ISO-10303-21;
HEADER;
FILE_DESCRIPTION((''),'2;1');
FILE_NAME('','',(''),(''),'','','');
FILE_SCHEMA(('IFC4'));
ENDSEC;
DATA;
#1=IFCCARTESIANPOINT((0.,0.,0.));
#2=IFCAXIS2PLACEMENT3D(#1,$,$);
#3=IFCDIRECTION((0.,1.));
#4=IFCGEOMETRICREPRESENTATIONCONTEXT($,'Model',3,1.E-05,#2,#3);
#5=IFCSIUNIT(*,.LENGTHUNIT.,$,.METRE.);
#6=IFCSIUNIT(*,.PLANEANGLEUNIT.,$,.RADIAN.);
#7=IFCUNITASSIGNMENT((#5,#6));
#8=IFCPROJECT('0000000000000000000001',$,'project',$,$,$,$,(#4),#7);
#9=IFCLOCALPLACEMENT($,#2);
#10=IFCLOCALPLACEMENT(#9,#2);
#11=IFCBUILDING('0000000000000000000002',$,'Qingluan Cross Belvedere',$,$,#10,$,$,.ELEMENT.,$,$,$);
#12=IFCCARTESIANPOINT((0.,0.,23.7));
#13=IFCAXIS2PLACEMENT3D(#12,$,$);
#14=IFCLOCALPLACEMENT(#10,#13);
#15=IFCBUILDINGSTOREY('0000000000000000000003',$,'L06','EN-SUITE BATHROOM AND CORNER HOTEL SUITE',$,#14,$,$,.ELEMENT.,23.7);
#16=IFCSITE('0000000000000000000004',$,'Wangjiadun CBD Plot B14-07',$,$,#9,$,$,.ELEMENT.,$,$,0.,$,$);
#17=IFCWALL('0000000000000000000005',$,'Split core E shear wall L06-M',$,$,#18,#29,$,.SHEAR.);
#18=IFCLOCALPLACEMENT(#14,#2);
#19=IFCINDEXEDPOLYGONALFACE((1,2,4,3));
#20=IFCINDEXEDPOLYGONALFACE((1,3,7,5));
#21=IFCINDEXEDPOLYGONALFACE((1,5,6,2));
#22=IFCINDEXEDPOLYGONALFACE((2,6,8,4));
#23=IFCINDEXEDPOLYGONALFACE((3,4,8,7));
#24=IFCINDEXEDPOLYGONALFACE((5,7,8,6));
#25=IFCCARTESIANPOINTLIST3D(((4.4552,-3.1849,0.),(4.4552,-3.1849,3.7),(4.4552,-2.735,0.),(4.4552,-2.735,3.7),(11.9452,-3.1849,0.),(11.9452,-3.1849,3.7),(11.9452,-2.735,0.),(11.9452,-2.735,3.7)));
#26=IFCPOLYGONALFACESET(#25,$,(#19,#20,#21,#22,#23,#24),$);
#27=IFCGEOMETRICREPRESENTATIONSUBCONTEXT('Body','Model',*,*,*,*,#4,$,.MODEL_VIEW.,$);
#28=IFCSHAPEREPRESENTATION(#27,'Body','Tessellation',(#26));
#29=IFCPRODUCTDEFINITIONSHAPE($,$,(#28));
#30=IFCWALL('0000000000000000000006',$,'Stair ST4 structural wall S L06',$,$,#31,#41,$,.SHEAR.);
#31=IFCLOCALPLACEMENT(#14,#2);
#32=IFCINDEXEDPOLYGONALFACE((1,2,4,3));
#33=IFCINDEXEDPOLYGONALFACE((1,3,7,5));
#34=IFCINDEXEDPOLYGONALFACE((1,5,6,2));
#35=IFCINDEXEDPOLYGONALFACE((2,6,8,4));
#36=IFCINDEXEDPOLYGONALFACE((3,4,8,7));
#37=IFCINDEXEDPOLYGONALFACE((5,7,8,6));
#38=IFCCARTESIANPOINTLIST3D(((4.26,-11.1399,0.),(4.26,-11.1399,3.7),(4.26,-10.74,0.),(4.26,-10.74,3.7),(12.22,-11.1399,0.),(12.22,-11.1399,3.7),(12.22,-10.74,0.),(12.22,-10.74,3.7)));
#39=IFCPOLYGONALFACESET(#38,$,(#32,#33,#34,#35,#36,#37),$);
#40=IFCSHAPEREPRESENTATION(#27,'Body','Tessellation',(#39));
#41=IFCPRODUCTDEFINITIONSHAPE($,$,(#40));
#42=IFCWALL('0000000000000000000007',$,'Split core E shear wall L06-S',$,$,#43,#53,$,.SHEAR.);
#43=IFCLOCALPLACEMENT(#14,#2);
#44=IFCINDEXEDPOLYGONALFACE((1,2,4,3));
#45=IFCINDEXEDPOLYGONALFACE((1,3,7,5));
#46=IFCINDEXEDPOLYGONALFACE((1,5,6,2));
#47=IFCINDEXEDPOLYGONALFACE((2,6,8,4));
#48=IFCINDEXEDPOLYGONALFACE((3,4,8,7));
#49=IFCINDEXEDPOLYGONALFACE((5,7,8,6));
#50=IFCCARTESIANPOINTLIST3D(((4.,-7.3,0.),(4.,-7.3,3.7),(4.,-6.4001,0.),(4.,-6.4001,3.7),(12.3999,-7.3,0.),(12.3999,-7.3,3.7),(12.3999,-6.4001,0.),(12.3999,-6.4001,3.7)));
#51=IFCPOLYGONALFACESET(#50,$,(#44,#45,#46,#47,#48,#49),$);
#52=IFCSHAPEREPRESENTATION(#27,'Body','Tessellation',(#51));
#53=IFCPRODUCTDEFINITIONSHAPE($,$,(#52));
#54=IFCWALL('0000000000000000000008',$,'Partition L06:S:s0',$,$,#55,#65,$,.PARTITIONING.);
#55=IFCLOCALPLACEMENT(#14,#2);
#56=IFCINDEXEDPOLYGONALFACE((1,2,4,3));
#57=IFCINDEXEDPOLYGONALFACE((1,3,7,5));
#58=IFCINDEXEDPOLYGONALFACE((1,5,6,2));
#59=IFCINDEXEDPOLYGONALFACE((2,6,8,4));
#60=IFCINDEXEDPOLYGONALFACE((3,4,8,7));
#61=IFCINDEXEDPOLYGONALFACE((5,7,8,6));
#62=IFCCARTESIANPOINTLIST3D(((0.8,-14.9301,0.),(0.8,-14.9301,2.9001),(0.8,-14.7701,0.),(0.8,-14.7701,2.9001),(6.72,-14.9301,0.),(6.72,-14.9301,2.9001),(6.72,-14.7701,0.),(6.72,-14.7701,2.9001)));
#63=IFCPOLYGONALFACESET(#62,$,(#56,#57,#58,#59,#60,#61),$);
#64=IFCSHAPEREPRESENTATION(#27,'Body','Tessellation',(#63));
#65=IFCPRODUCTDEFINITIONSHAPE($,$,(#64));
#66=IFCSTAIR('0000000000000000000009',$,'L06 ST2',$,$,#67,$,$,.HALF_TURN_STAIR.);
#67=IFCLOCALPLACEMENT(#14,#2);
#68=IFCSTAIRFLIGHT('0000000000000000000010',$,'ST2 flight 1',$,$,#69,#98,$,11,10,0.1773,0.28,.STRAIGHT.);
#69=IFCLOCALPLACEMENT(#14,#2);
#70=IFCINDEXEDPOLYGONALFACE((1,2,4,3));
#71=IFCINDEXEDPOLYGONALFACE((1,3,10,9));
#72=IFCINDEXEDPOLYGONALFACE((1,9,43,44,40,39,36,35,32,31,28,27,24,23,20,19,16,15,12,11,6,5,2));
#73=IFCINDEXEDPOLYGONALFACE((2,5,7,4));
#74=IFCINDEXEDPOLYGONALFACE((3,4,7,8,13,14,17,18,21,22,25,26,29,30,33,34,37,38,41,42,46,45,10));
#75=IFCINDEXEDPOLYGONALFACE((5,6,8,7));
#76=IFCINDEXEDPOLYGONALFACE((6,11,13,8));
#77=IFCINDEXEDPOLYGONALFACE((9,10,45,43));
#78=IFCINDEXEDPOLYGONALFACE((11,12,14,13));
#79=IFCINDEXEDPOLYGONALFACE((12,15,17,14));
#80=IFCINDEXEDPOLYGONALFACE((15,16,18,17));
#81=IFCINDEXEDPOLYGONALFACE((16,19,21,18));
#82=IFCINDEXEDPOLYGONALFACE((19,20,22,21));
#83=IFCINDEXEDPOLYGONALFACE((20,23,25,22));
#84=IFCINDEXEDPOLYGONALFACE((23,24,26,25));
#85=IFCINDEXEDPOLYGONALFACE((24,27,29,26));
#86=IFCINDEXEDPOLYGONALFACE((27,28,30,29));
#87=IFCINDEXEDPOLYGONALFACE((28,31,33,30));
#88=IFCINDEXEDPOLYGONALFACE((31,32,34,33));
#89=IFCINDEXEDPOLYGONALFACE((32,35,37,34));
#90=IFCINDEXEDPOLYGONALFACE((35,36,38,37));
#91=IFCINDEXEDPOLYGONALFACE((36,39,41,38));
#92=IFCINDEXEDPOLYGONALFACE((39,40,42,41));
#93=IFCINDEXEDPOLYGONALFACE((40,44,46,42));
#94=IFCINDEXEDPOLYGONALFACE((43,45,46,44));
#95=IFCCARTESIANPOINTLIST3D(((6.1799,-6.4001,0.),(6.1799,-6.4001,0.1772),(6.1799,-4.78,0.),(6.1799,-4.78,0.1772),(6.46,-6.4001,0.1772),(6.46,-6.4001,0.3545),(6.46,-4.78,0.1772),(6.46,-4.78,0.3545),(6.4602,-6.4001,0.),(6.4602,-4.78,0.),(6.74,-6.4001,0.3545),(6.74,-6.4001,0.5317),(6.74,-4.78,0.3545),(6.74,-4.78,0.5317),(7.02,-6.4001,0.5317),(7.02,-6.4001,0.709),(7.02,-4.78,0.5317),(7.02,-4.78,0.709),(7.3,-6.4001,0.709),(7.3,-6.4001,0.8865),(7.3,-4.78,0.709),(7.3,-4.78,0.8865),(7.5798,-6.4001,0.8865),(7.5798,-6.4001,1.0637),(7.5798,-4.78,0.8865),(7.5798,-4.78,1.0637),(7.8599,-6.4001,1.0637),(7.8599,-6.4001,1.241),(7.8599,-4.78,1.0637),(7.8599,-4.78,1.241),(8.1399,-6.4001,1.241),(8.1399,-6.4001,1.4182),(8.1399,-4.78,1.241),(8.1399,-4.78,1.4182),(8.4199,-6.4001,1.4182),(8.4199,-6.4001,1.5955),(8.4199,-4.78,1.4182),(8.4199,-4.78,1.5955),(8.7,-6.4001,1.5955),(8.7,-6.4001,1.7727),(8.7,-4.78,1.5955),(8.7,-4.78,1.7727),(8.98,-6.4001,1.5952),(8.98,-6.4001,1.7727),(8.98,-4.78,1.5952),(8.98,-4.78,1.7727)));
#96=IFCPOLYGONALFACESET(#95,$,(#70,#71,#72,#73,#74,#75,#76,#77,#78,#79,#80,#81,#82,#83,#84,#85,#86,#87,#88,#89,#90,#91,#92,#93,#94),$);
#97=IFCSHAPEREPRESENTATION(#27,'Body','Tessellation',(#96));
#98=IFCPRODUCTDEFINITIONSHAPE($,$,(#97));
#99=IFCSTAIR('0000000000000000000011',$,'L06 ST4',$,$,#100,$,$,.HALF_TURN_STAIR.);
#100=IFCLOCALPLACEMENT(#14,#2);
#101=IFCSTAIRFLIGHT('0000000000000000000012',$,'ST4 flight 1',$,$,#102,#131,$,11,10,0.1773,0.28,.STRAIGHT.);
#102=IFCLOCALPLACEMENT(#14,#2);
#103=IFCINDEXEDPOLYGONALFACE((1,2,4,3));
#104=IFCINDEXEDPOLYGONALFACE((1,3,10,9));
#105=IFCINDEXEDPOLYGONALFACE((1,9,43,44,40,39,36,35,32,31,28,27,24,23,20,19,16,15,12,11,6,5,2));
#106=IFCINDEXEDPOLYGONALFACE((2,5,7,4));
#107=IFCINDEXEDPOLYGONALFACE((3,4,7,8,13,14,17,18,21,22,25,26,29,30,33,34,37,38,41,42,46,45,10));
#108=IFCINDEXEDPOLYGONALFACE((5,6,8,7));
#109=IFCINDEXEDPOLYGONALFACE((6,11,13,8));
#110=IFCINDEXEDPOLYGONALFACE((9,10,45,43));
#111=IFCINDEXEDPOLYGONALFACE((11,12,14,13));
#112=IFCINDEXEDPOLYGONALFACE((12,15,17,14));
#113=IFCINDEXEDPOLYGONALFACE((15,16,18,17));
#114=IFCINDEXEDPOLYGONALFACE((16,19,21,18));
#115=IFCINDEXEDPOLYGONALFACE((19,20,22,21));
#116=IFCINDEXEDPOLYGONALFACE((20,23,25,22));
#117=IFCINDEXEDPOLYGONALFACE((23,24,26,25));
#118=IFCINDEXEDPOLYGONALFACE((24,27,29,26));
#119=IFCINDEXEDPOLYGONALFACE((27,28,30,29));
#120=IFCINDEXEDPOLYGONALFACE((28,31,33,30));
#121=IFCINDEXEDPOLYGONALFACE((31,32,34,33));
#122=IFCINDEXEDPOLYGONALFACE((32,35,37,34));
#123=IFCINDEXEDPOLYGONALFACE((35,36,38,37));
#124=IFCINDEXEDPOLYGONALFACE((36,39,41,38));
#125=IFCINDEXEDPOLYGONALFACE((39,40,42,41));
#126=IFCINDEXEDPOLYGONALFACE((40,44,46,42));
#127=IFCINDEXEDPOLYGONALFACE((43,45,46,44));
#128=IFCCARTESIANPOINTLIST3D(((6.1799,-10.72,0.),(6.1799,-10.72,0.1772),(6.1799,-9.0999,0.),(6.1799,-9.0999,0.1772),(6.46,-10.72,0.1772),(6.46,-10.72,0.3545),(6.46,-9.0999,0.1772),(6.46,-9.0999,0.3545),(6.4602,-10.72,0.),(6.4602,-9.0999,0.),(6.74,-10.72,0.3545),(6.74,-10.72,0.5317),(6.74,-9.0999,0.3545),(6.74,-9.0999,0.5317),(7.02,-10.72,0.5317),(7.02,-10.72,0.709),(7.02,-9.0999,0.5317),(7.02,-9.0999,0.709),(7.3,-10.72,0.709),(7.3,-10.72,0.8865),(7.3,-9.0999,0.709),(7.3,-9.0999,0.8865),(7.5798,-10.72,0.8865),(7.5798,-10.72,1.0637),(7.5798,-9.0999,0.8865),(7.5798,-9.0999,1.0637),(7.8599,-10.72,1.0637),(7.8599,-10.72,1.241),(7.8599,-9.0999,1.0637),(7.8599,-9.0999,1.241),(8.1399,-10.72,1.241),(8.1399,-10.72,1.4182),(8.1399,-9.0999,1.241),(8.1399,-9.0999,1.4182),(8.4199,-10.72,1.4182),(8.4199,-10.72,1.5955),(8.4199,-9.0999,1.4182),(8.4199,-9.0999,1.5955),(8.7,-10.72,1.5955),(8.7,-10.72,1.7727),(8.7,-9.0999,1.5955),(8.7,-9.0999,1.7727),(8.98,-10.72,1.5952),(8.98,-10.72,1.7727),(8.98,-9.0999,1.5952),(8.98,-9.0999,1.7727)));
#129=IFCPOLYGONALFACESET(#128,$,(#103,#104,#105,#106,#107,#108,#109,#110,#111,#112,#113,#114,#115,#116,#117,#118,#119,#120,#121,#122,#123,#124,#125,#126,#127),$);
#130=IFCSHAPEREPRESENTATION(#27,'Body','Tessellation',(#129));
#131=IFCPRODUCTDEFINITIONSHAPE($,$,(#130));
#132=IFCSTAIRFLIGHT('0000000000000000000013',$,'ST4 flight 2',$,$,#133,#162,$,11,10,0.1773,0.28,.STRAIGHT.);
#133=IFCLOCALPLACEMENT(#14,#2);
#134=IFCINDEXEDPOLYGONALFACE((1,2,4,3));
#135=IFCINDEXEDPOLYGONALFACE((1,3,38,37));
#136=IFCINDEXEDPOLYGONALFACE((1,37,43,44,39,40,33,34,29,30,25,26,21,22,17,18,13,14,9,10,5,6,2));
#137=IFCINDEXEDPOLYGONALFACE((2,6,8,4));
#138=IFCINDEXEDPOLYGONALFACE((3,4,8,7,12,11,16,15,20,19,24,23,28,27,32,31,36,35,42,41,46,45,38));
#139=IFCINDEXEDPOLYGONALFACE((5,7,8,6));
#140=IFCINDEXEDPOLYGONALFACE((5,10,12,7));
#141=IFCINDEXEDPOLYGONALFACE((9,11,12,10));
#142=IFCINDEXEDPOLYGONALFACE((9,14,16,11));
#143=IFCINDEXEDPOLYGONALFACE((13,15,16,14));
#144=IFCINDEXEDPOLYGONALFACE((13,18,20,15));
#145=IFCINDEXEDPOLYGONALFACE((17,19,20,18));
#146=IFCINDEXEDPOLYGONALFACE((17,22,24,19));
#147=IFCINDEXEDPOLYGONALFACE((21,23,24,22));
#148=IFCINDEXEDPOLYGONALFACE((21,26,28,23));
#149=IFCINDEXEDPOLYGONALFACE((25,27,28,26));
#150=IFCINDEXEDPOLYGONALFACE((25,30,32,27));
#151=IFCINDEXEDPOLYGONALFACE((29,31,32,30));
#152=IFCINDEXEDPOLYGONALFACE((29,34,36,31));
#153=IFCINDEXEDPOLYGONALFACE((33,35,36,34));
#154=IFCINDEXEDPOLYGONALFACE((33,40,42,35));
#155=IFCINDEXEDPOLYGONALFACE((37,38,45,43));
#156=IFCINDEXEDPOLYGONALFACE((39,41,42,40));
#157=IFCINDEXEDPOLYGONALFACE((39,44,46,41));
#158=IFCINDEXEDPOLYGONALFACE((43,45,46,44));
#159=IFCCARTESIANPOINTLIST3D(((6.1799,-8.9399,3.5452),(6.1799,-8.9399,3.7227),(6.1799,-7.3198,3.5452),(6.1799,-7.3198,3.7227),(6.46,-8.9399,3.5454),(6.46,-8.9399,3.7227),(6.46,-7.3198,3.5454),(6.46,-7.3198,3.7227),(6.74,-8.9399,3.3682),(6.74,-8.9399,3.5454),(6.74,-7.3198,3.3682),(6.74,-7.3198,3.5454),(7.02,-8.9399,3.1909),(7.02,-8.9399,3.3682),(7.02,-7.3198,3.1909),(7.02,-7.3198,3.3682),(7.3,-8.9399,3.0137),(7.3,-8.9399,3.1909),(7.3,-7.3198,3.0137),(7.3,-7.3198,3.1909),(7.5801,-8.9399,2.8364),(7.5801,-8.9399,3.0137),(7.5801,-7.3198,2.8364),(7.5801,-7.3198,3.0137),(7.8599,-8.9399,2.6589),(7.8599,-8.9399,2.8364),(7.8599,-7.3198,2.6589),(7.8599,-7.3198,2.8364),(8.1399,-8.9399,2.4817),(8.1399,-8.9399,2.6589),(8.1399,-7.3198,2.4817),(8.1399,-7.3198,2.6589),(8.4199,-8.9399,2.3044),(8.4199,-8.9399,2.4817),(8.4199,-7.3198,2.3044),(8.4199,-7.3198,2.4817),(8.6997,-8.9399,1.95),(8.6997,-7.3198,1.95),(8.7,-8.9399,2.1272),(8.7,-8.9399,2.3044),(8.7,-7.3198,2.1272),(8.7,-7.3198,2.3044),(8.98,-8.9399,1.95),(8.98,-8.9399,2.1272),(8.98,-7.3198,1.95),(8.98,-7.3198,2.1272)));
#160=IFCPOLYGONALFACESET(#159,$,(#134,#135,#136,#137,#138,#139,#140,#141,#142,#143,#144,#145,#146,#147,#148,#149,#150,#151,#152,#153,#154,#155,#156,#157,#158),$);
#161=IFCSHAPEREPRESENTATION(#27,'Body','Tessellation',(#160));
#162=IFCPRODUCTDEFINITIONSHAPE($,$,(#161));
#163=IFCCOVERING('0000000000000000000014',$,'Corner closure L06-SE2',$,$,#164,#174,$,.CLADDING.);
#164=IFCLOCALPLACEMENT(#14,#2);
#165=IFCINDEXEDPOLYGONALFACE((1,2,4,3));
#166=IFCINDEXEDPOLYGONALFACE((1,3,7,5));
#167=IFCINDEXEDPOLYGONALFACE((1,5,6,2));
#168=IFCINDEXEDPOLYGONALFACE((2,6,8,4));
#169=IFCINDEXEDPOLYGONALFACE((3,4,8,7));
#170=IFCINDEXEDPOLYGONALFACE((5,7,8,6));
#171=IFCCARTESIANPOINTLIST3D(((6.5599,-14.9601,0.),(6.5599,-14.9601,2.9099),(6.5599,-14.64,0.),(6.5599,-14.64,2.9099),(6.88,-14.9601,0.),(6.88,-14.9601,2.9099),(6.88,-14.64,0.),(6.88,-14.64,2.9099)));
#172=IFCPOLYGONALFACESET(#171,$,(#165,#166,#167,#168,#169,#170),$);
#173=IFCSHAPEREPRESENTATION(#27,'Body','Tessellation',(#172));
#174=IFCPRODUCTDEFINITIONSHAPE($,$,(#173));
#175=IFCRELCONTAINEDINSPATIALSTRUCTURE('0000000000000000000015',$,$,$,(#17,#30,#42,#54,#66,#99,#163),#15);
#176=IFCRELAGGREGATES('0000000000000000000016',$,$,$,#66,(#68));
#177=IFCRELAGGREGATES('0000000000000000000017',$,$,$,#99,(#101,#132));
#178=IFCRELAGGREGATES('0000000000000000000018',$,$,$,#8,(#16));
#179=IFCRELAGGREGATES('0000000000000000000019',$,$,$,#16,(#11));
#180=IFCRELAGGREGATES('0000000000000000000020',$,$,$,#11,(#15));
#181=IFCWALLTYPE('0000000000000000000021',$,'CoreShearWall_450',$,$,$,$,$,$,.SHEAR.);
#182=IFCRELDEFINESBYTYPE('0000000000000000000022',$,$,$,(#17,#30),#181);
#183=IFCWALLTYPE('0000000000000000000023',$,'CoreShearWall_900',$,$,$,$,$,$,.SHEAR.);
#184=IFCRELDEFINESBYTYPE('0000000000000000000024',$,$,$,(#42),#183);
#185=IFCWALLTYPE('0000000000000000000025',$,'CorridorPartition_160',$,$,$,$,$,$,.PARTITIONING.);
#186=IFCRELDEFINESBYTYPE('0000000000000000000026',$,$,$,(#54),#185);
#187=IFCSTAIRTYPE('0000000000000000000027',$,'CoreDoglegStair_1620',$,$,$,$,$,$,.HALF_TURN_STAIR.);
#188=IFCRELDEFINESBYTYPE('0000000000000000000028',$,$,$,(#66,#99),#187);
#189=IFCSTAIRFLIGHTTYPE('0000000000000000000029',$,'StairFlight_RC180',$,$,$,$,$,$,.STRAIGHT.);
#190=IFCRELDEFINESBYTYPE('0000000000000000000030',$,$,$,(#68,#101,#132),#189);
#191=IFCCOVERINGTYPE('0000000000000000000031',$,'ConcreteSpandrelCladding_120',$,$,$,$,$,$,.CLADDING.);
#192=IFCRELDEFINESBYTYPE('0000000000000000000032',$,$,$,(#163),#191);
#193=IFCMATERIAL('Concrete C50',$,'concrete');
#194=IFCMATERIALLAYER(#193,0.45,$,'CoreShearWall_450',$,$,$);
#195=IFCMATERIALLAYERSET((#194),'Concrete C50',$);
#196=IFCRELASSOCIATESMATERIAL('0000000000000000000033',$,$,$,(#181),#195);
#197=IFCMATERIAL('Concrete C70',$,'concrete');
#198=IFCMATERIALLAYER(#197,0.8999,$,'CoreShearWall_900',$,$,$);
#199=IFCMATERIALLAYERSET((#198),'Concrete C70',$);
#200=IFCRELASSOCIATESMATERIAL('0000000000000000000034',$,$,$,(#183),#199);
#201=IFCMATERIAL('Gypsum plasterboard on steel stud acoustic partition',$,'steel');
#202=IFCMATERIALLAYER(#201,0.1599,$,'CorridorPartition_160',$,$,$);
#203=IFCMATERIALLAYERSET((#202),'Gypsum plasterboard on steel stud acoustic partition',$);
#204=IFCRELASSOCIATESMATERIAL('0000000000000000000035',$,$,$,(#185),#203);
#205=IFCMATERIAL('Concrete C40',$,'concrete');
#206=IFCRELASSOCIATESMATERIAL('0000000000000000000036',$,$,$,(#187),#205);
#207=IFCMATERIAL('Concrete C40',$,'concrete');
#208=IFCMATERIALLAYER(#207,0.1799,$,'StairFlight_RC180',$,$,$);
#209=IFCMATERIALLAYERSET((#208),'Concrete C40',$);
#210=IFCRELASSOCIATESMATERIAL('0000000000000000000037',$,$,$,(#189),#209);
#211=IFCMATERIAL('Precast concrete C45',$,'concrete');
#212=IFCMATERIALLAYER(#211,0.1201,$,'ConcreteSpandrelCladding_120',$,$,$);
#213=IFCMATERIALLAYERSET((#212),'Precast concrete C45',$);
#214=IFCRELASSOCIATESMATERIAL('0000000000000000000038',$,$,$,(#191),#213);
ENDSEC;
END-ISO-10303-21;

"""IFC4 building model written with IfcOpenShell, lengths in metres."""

from ifc_helpers import new_model, si_unit, direction, frame, frame_2d, origin, origin_2d, place, context, subcontext, project, spatial, polyline, rectangle, outline, extrude, material, layer, layer_set, type_object, element, aggregate, save


model = new_model("IFC4")

# Units and contexts
model_context = context("Model", 3, precision=1e-05, world=origin(), true_north=direction((0.0, 1.0)))
body_context = subcontext(model_context, "Body", "Model", "MODEL_VIEW")
ifc_project = project(units=[si_unit("LENGTHUNIT", "METRE"), si_unit("PLANEANGLEUNIT", "RADIAN")], contexts=[model_context])

# Site, building, storey
site_placement = place(None, origin())
site = spatial("IfcSite", under=ifc_project, at=site_placement, Name="Wangjiadun CBD Plot B14-07", CompositionType="ELEMENT", RefElevation=0.0)
building_placement = place(site_placement, origin())
building = spatial("IfcBuilding", under=site, at=building_placement, Name="Qingluan Cross Belvedere", CompositionType="ELEMENT")
storey_placement = place(building_placement, frame((0.0, 0.0, 23.7)))
storey = spatial("IfcBuildingStorey", under=building, at=storey_placement, Name="L06", Description="EN-SUITE BATHROOM AND CORNER HOTEL SUITE", CompositionType="ELEMENT", Elevation=23.7)

# Walls
ifc_material_1 = material(Name="Concrete C50", Category="concrete")
ifc_layer_1 = layer(ifc_material_1, 0.45, Name="CoreShearWall_450")
ifc_layer_set_1 = layer_set([ifc_layer_1], Name="Concrete C50")
wall_type_1 = type_object("IfcWallType", Name="CoreShearWall_450", PredefinedType="SHEAR", material=ifc_layer_set_1)
wall_1_placement = place(storey_placement, frame((4.4551, -2.96, 0.0), z_axis=(0.0, 0.0, 1.0), x_axis=(1.0, 0.0, 0.0)))
element("IfcWall", 1, at=wall_1_placement, inside=storey, type_object=wall_type_1, Name="Split core E shear wall L06-M", PredefinedType="SHEAR", context=body_context, shape_type="SweptSolid", body=[
    extrude(rectangle(XDim=7.49, YDim=0.45, at=frame_2d((3.7451, 0.0))), origin(), (0.0, 0.0, 1.0), 3.7),
])
wall_2_placement = place(storey_placement, frame((4.26, -10.9399, 0.0), z_axis=(0.0, 0.0, 1.0), x_axis=(1.0, 0.0, 0.0)))
element("IfcWall", 2, at=wall_2_placement, inside=storey, type_object=wall_type_1, Name="Stair ST4 structural wall S L06", PredefinedType="SHEAR", context=body_context, shape_type="SweptSolid", body=[
    extrude(rectangle(XDim=7.96, YDim=0.3999, at=frame_2d((3.98, 0.0))), origin(), (0.0, 0.0, 1.0), 3.7),
])

# Wall
ifc_material_2 = material(Name="Concrete C70", Category="concrete")
ifc_layer_2 = layer(ifc_material_2, 0.8999, Name="CoreShearWall_900")
ifc_layer_set_2 = layer_set([ifc_layer_2], Name="Concrete C70")
wall_type_2 = type_object("IfcWallType", Name="CoreShearWall_900", PredefinedType="SHEAR", material=ifc_layer_set_2)
wall_3_placement = place(storey_placement, frame((4.0, -6.8501, 0.0), z_axis=(0.0, 0.0, 1.0), x_axis=(1.0, 0.0, 0.0)))
element("IfcWall", 3, at=wall_3_placement, inside=storey, type_object=wall_type_2, Name="Split core E shear wall L06-S", PredefinedType="SHEAR", context=body_context, shape_type="SweptSolid", body=[
    extrude(rectangle(XDim=8.3999, YDim=0.8999, at=frame_2d((4.2, 0.0))), origin(), (0.0, 0.0, 1.0), 3.7),
])

# Wall
ifc_material_3 = material(Name="Gypsum plasterboard on steel stud acoustic partition", Category="steel")
ifc_layer_3 = layer(ifc_material_3, 0.1599, Name="CorridorPartition_160")
ifc_layer_set_3 = layer_set([ifc_layer_3], Name="Gypsum plasterboard on steel stud acoustic partition")
wall_type_3 = type_object("IfcWallType", Name="CorridorPartition_160", PredefinedType="PARTITIONING", material=ifc_layer_set_3)
wall_4_placement = place(storey_placement, frame((0.8, -14.8501, 0.0), z_axis=(0.0, 0.0, 1.0), x_axis=(1.0, 0.0, 0.0)))
element("IfcWall", 4, at=wall_4_placement, inside=storey, type_object=wall_type_3, Name="Partition L06:S:s0", PredefinedType="PARTITIONING", context=body_context, shape_type="SweptSolid", body=[
    extrude(rectangle(XDim=5.9199, YDim=0.1599, at=frame_2d((2.96, 0.0))), origin(), (0.0, 0.0, 1.0), 2.9001),
])

# Stair, stair flight
ifc_material_4 = material(Name="Concrete C40", Category="concrete")
stair_type = type_object("IfcStairType", Name="CoreDoglegStair_1620", PredefinedType="HALF_TURN_STAIR", material=ifc_material_4)
stair_1_placement = place(storey_placement, origin())
stair_1 = element("IfcStair", 5, at=stair_1_placement, inside=storey, type_object=stair_type, Name="L06 ST2", PredefinedType="HALF_TURN_STAIR")
ifc_material_5 = material(Name="Concrete C40", Category="concrete")
ifc_layer_4 = layer(ifc_material_5, 0.1799, Name="StairFlight_RC180")
ifc_layer_set_4 = layer_set([ifc_layer_4], Name="Concrete C40")
stair_flight_type = type_object("IfcStairFlightType", Name="StairFlight_RC180", PredefinedType="STRAIGHT", material=ifc_layer_set_4)
stair_flight_1_placement = place(storey_placement, frame((6.1799, -5.5901, 0.0), z_axis=(0.0, 0.0, 1.0), x_axis=(1.0, 0.0, 0.0)))
stair_flight_1 = element("IfcStairFlight", 6, at=stair_flight_1_placement, type_object=stair_flight_type, Name="ST2 flight 1", NumberOfRisers=11, NumberOfTreads=10, PredefinedType="STRAIGHT", RiserHeight=0.1773, TreadLength=0.28, context=body_context, shape_type="SweptSolid", body=[
    extrude(outline(polyline([(0.0, 0.0), (0.0, 0.1772), (0.28, 0.1772), (0.28, 0.3545), (0.5601, 0.3545), (0.5601, 0.5317), (0.8401, 0.5317), (0.8401, 0.709), (1.1201, 0.709), (1.1201, 0.8865), (1.3999, 0.8865), (1.3999, 1.0637), (1.6799, 1.0637), (1.6799, 1.241), (1.96, 1.241), (1.96, 1.4182), (2.24, 1.4182), (2.24, 1.5955), (2.52, 1.5955), (2.52, 1.7727), (2.8, 1.7727), (2.8, 1.95), (2.8, 1.5952), (0.2803, 0.0), (0.0, 0.0)])), frame((0.0, 0.8101, 0.0), z_axis=(0.0, -1.0, 0.0), x_axis=(1.0, 0.0, 0.0)), (0.0, 0.0, 1.0), 1.6201),
])
aggregate(stair_1, [stair_flight_1])

# Stair, stair flights
stair_2_placement = place(storey_placement, origin())
stair_2 = element("IfcStair", 7, at=stair_2_placement, inside=storey, type_object=stair_type, Name="L06 ST4", PredefinedType="HALF_TURN_STAIR")
stair_flight_2_placement = place(storey_placement, frame((6.1799, -9.9099, 0.0), z_axis=(0.0, 0.0, 1.0), x_axis=(1.0, 0.0, 0.0)))
stair_flight_2 = element("IfcStairFlight", 8, at=stair_flight_2_placement, type_object=stair_flight_type, Name="ST4 flight 1", NumberOfRisers=11, NumberOfTreads=10, PredefinedType="STRAIGHT", RiserHeight=0.1773, TreadLength=0.28, context=body_context, shape_type="SweptSolid", body=[
    extrude(outline(polyline([(0.0, 0.0), (0.0, 0.1772), (0.28, 0.1772), (0.28, 0.3545), (0.5601, 0.3545), (0.5601, 0.5317), (0.8401, 0.5317), (0.8401, 0.709), (1.1201, 0.709), (1.1201, 0.8865), (1.3999, 0.8865), (1.3999, 1.0637), (1.6799, 1.0637), (1.6799, 1.241), (1.96, 1.241), (1.96, 1.4182), (2.24, 1.4182), (2.24, 1.5955), (2.52, 1.5955), (2.52, 1.7727), (2.8, 1.7727), (2.8, 1.95), (2.8, 1.5952), (0.2803, 0.0), (0.0, 0.0)])), frame((0.0, 0.8101, 0.0), z_axis=(0.0, -1.0, 0.0), x_axis=(1.0, 0.0, 0.0)), (0.0, 0.0, 1.0), 1.6201),
])
stair_flight_3_placement = place(storey_placement, frame((8.98, -8.1299, 1.95), z_axis=(0.0, 0.0, 1.0), x_axis=(-1.0, 0.0, 0.0)))
stair_flight_3 = element("IfcStairFlight", 9, at=stair_flight_3_placement, type_object=stair_flight_type, Name="ST4 flight 2", NumberOfRisers=11, NumberOfTreads=10, PredefinedType="STRAIGHT", RiserHeight=0.1773, TreadLength=0.28, context=body_context, shape_type="SweptSolid", body=[
    extrude(outline(polyline([(0.0, 0.0), (0.0, 0.1772), (0.28, 0.1772), (0.28, 0.3545), (0.5601, 0.3545), (0.5601, 0.5317), (0.8401, 0.5317), (0.8401, 0.709), (1.1201, 0.709), (1.1201, 0.8865), (1.3999, 0.8865), (1.3999, 1.0637), (1.6799, 1.0637), (1.6799, 1.241), (1.96, 1.241), (1.96, 1.4182), (2.24, 1.4182), (2.24, 1.5955), (2.52, 1.5955), (2.52, 1.7727), (2.8, 1.7727), (2.8, 1.95), (2.8, 1.5952), (0.2803, 0.0), (0.0, 0.0)])), frame((0.0, 0.8101, 0.0), z_axis=(0.0, -1.0, 0.0), x_axis=(1.0, 0.0, 0.0)), (0.0, 0.0, 1.0), 1.6201),
])
aggregate(stair_2, [stair_flight_2, stair_flight_3])

# Covering
ifc_material_6 = material(Name="Precast concrete C45", Category="concrete")
ifc_layer_5 = layer(ifc_material_6, 0.1201, Name="ConcreteSpandrelCladding_120")
ifc_layer_set_5 = layer_set([ifc_layer_5], Name="Precast concrete C45")
covering_type = type_object("IfcCoveringType", Name="ConcreteSpandrelCladding_120", PredefinedType="CLADDING", material=ifc_layer_set_5)
covering_placement = place(storey_placement, frame((6.72, -14.8, 0.0), z_axis=(0.0, 0.0, 1.0), x_axis=(1.0, 0.0, 0.0)))
element("IfcCovering", 10, at=covering_placement, inside=storey, type_object=covering_type, Name="Corner closure L06-SE2", PredefinedType="CLADDING", context=body_context, shape_type="SweptSolid", body=[
    extrude(rectangle(XDim=0.3201, YDim=0.3201, at=origin_2d()), origin(), (0.0, 0.0, 1.0), 2.9099),
])

save(model, "model.ifc")
